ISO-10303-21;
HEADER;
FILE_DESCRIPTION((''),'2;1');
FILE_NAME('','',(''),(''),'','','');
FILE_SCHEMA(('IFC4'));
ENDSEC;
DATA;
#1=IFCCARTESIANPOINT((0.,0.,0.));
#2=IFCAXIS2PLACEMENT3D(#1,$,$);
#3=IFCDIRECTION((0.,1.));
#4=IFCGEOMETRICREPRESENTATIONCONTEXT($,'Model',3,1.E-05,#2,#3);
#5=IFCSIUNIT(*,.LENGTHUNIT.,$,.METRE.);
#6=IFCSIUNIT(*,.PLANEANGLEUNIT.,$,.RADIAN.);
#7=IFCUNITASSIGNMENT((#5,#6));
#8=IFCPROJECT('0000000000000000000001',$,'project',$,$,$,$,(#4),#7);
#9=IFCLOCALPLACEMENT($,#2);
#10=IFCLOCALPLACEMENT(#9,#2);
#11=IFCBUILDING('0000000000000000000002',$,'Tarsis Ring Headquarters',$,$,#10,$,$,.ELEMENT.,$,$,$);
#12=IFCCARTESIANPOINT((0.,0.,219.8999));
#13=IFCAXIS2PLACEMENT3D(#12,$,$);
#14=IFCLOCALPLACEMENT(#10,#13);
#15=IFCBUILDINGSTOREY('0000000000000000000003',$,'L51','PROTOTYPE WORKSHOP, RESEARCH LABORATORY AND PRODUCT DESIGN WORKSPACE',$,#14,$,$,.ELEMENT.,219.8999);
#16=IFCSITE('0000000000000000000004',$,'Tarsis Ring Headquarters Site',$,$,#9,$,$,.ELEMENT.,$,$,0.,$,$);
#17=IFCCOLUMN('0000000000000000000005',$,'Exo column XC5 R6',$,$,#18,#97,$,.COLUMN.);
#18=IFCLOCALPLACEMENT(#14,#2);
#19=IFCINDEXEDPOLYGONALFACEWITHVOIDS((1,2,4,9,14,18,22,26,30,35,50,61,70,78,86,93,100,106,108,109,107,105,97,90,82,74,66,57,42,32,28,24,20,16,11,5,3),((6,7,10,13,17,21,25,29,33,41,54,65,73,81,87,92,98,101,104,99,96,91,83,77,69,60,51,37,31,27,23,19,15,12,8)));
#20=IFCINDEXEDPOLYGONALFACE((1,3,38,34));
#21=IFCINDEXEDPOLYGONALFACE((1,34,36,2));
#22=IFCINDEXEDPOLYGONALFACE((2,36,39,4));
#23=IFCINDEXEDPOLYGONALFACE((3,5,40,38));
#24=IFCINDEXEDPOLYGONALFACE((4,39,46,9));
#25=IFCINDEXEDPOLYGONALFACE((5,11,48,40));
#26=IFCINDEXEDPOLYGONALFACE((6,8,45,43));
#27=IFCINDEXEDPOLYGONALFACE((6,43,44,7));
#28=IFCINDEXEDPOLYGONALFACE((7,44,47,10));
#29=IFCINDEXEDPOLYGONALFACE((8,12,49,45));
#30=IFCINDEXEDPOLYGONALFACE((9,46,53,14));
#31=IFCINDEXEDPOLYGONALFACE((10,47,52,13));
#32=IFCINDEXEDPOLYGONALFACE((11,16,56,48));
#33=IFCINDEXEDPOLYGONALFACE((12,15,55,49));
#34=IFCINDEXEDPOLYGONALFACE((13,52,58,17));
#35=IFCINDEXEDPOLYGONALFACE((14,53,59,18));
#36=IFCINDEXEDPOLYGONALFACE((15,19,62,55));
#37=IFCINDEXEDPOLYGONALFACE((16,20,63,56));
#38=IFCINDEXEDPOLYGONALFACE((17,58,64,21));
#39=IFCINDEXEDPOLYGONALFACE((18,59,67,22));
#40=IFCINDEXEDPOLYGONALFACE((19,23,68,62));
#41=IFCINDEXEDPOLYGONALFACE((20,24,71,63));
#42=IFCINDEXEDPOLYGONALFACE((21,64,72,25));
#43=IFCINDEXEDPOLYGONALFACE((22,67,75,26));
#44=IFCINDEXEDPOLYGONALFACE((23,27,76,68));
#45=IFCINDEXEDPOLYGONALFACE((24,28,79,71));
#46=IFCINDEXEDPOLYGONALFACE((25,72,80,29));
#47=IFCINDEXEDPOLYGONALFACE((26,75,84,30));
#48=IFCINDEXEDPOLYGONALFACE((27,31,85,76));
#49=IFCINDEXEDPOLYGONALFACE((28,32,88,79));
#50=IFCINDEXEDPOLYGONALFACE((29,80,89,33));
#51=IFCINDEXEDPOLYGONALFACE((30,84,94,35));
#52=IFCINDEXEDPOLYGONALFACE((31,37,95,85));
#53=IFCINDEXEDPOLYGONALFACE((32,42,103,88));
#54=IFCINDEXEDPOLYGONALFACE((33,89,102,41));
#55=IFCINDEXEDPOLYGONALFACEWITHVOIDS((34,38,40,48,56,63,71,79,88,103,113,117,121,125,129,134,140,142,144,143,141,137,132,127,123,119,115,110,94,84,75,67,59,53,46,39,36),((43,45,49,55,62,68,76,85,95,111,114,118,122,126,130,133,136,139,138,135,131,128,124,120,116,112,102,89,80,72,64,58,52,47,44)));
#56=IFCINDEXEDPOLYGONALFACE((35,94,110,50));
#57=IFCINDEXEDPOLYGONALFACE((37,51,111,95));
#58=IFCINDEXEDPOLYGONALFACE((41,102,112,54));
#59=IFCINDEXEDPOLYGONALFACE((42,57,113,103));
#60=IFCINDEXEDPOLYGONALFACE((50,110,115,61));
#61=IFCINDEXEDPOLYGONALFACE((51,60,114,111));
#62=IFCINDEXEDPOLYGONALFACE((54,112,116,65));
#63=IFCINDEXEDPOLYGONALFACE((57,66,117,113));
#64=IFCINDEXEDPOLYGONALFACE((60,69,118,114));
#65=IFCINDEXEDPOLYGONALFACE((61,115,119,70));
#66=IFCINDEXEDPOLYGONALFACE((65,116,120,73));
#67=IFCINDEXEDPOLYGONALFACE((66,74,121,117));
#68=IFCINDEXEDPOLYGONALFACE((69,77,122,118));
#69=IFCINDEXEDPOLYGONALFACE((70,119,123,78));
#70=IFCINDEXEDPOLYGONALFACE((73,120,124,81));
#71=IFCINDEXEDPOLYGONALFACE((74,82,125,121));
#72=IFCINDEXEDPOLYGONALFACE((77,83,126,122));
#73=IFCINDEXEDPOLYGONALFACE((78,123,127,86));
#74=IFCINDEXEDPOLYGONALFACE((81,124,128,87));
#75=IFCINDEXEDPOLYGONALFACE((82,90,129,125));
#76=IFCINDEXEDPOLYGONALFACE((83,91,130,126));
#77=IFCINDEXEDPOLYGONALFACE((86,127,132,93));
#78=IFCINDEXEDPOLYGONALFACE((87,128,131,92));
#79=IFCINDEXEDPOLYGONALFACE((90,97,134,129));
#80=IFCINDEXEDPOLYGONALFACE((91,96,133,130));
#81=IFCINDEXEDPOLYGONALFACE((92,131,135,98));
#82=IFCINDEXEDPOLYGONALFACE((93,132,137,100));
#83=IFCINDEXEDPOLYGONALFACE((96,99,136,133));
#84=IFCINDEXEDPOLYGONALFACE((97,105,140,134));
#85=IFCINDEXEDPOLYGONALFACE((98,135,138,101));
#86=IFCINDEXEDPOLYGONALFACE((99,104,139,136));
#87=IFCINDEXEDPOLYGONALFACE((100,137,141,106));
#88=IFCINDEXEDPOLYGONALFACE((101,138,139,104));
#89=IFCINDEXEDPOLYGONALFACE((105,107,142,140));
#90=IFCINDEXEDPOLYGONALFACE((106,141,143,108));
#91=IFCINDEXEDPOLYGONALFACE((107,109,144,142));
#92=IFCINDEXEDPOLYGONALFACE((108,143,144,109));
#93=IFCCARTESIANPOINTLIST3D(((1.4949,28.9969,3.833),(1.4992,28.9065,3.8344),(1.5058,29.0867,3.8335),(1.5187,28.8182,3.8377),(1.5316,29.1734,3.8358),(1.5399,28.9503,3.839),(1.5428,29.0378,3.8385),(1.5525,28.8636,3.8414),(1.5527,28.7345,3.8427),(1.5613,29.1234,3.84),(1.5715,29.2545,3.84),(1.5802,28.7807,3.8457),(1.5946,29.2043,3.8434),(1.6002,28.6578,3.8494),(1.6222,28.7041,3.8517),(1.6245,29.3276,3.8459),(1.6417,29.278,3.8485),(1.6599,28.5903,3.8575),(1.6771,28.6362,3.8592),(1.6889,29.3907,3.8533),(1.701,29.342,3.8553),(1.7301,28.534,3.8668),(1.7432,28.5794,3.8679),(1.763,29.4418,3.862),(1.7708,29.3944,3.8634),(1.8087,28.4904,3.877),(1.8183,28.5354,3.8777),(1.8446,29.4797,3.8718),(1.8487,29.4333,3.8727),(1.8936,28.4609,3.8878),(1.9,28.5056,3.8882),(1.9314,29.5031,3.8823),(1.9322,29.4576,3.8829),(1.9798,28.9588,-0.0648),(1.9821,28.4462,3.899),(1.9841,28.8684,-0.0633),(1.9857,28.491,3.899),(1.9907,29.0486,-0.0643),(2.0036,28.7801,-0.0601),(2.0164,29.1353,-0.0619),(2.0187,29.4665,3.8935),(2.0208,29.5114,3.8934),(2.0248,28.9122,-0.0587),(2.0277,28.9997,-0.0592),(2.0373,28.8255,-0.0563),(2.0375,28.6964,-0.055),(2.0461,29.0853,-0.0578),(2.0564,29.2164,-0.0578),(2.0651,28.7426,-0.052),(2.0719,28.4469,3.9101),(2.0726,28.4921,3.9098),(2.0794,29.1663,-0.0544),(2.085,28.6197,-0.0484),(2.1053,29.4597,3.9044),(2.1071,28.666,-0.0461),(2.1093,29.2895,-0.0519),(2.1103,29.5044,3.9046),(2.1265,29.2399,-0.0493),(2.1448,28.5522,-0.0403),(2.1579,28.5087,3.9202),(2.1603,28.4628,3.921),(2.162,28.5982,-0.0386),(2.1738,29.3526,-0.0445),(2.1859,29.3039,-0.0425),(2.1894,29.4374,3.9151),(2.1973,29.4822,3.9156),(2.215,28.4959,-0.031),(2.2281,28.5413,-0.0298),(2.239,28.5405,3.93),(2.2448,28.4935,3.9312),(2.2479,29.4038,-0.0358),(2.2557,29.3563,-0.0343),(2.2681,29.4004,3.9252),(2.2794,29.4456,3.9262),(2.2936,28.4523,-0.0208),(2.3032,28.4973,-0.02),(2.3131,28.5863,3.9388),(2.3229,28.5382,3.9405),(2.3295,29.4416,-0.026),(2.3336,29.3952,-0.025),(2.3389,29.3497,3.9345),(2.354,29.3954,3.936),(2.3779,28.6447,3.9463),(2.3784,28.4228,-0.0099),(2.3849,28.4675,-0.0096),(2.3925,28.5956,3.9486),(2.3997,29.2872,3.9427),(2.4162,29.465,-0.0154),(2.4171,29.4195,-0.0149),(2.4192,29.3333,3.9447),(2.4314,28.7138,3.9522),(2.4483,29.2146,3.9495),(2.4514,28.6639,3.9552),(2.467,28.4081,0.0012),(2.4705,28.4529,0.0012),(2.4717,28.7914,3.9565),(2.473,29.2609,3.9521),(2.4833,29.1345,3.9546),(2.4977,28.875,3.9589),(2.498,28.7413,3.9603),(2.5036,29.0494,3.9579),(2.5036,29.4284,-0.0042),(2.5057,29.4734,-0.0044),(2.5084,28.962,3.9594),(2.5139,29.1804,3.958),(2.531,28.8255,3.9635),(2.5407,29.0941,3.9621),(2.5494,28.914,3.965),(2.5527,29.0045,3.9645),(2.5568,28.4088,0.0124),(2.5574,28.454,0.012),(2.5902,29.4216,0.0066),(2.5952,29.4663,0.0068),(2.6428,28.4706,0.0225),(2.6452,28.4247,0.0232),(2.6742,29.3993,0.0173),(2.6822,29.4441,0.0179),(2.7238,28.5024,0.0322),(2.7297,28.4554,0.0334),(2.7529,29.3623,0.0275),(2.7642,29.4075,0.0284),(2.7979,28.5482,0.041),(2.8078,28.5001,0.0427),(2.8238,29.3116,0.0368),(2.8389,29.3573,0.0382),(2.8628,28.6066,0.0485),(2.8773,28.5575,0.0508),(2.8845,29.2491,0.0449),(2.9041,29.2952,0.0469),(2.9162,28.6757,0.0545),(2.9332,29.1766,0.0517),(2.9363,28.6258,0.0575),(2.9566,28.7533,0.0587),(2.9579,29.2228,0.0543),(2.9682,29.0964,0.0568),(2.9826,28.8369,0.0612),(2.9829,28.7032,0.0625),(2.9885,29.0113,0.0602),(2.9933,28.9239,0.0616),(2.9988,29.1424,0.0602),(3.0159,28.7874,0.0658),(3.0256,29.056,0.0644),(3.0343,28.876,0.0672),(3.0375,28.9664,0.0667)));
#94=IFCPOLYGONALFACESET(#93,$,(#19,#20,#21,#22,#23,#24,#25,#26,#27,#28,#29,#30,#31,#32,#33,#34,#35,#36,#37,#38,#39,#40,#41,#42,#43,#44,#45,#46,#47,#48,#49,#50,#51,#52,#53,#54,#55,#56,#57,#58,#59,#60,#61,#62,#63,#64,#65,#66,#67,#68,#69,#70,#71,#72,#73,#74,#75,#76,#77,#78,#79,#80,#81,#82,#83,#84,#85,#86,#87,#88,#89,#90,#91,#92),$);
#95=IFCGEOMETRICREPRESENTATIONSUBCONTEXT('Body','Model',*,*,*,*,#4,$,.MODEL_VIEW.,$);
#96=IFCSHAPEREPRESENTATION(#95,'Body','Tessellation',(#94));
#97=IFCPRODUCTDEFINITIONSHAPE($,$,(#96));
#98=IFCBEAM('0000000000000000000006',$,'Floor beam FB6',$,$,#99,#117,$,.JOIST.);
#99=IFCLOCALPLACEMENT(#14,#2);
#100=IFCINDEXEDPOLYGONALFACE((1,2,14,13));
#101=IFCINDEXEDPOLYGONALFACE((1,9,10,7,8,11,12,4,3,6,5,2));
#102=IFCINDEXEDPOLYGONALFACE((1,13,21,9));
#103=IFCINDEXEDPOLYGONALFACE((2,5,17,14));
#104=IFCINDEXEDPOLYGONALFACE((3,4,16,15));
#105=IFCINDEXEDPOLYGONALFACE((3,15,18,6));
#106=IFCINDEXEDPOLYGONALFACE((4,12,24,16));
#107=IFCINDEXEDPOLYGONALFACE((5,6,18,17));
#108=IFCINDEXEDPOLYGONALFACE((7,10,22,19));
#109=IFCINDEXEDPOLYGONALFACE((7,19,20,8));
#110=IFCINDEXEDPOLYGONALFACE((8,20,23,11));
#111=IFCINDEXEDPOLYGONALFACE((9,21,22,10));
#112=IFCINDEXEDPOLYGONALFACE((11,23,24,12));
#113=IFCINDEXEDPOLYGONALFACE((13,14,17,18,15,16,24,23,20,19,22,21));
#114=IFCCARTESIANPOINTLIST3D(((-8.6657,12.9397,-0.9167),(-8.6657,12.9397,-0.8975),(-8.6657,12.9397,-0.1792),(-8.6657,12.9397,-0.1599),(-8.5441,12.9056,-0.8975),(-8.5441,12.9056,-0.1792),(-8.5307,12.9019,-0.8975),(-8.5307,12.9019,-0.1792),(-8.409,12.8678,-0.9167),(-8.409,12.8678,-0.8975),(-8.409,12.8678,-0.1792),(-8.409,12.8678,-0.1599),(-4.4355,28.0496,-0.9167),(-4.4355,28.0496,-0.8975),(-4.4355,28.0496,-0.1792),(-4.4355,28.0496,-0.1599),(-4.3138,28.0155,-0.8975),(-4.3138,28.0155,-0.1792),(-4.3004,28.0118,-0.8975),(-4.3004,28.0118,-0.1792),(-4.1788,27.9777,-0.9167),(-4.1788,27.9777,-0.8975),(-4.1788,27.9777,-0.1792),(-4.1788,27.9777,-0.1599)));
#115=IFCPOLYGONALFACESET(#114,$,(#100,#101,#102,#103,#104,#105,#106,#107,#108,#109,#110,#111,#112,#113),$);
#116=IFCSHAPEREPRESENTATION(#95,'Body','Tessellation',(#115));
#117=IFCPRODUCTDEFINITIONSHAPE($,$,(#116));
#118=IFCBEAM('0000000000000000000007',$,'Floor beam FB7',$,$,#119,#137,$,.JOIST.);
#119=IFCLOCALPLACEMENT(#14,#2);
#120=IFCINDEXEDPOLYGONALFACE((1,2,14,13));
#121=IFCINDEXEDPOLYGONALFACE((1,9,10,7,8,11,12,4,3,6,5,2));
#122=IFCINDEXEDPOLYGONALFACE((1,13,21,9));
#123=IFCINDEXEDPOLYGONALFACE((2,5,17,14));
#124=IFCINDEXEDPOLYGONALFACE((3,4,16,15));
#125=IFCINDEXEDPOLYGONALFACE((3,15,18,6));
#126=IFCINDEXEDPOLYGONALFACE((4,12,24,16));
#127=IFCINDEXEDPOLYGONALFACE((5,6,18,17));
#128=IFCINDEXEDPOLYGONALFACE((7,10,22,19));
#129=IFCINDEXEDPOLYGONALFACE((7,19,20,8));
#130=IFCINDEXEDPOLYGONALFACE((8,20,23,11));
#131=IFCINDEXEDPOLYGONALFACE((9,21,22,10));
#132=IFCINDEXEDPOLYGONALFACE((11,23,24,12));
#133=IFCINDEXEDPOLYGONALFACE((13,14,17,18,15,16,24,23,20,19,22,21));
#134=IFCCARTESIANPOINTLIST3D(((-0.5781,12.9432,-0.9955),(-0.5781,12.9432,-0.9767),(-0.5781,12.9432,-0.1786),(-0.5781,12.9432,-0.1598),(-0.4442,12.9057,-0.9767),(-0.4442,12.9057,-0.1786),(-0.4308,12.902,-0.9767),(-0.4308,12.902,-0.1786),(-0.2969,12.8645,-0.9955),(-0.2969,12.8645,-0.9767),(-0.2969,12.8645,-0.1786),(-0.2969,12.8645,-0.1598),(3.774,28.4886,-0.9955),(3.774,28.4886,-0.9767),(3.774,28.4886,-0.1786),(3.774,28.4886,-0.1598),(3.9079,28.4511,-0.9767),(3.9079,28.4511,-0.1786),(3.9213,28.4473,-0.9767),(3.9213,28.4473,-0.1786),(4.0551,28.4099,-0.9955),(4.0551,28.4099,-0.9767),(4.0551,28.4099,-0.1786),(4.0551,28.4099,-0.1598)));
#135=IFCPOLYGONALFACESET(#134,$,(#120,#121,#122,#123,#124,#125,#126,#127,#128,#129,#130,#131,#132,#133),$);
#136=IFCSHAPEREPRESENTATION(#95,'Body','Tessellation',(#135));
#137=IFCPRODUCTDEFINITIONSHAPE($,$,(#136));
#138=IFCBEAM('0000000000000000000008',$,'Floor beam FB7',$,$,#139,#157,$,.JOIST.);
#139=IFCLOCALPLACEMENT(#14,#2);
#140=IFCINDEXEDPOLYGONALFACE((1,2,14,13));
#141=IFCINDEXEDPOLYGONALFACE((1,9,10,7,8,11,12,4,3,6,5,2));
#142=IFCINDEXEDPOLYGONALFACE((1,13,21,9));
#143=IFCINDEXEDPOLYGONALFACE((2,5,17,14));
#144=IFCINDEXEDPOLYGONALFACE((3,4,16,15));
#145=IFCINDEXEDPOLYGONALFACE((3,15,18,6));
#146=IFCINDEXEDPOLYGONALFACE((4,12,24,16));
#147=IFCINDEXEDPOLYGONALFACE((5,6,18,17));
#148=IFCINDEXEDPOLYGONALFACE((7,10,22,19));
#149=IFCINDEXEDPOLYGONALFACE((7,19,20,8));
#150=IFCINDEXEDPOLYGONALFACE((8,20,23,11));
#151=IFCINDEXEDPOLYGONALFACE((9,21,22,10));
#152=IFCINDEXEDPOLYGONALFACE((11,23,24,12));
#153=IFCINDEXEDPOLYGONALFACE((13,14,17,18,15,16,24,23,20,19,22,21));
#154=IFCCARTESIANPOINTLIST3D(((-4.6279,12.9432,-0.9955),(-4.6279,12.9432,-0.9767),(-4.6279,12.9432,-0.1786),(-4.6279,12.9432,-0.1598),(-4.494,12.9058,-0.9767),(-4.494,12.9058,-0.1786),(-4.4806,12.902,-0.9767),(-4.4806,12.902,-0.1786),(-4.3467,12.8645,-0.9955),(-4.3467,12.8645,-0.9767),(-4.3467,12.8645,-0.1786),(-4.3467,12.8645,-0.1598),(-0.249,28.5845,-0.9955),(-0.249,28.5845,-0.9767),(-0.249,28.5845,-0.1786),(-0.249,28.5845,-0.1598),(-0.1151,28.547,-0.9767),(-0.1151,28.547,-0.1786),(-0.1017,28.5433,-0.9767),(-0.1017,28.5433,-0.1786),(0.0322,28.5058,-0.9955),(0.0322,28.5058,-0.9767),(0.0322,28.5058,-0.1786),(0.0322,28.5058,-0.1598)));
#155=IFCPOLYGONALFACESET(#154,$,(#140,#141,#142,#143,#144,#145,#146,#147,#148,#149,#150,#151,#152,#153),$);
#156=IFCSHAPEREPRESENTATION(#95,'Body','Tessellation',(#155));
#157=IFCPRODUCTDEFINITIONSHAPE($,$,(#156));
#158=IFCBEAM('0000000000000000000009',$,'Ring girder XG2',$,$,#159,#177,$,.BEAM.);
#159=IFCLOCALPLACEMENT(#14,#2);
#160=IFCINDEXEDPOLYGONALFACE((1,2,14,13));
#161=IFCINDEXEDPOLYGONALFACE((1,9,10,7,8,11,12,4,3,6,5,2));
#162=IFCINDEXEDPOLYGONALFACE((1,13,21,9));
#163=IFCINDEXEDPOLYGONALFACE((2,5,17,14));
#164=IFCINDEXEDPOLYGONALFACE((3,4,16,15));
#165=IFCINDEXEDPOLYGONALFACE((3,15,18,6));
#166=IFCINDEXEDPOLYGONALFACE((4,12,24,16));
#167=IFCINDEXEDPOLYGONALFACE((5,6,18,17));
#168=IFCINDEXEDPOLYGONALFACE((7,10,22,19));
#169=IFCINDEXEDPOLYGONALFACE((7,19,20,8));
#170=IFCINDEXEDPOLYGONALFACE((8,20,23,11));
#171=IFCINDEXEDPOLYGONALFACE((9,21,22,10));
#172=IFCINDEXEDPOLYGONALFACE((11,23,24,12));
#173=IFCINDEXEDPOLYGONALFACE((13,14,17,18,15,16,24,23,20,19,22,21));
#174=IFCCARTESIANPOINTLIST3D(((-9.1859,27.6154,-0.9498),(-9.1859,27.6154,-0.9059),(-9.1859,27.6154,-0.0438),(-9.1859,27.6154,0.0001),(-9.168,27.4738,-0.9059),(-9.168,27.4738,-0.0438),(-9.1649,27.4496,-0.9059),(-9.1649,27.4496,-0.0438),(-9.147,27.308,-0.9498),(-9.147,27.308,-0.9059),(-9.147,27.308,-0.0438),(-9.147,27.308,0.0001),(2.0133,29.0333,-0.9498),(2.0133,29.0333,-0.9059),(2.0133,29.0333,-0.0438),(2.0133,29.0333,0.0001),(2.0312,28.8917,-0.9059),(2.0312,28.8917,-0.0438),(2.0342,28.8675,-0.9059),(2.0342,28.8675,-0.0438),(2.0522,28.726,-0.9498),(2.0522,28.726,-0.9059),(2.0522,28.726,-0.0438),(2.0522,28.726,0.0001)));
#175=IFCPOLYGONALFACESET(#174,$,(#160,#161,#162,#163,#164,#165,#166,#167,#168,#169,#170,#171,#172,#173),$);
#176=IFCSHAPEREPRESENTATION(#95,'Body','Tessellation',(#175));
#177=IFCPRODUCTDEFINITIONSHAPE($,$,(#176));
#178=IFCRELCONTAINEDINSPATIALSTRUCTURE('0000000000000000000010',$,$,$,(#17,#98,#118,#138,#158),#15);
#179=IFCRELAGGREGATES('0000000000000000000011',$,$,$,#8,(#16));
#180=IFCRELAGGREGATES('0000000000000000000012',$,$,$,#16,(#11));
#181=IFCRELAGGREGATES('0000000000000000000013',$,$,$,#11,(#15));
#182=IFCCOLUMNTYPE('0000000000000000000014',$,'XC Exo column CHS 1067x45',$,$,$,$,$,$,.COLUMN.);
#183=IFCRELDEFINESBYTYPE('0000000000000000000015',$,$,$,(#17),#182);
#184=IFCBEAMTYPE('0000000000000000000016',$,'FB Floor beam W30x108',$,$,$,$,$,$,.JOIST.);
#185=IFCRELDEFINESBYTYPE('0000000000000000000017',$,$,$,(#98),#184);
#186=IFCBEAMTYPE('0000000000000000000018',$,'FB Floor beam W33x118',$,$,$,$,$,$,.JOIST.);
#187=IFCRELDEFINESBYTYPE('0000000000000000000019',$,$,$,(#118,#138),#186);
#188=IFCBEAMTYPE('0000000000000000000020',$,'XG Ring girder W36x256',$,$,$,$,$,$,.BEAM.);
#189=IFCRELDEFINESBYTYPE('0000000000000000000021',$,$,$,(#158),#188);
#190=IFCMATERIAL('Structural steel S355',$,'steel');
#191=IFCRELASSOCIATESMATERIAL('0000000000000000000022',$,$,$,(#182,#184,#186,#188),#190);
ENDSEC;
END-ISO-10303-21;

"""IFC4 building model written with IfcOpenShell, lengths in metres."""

from ifc_helpers import new_model, si_unit, direction, frame, origin, origin_2d, place, context, subcontext, project, spatial, hollow_circle, i_section, extrude, material, material_profile, profile_set, type_object, element, save


model = new_model("IFC4")

# Units and contexts
model_context = context("Model", 3, precision=1e-05, world=origin(), true_north=direction((0.0, 1.0)))
body_context = subcontext(model_context, "Body", "Model", "MODEL_VIEW")
ifc_project = project(units=[si_unit("LENGTHUNIT", "METRE"), si_unit("PLANEANGLEUNIT", "RADIAN")], contexts=[model_context])

# Site, building, storey
site_placement = place(None, origin())
site = spatial("IfcSite", under=ifc_project, at=site_placement, Name="Tarsis Ring Headquarters Site", CompositionType="ELEMENT", RefElevation=0.0)
building_placement = place(site_placement, origin())
building = spatial("IfcBuilding", under=site, at=building_placement, Name="Tarsis Ring Headquarters", CompositionType="ELEMENT")
storey_placement = place(building_placement, frame((0.0, 0.0, 219.8999)))
storey = spatial("IfcBuildingStorey", under=building, at=storey_placement, Name="L51", Description="PROTOTYPE WORKSHOP, RESEARCH LABORATORY AND PRODUCT DESIGN WORKSPACE", CompositionType="ELEMENT", Elevation=219.8999)

# Column
ifc_material_1 = material(Name="Structural steel S355", Category="steel")
ifc_material_profile_1 = material_profile(ifc_material_1, hollow_circle(Radius=0.5334, WallThickness=0.0449, at=origin_2d()), Name="CHS 1067x45")
ifc_profile_set_1 = profile_set([ifc_material_profile_1], Name="Structural steel S355")
column_type = type_object("IfcColumnType", Name="XC Exo column CHS 1067x45", PredefinedType="COLUMN", material=ifc_profile_set_1)
column_placement = place(storey_placement, frame((2.5088, 28.9399, 0.0012), z_axis=(-0.12344, 0.009696, 0.992305), x_axis=(-0.078309, -0.996929, 0.0)))
element("IfcColumn", 1, at=column_placement, inside=storey, type_object=column_type, Name="Exo column XC5 R6", PredefinedType="COLUMN", context=body_context, shape_type="SweptSolid", body=[
    extrude(hollow_circle(Radius=0.5334, WallThickness=0.0449, at=origin_2d()), origin(), (0.0, 0.0, 1.0), 3.928),
])

# Beams
ifc_material_profile_2 = material_profile(ifc_material_1, i_section(OverallWidth=0.2666, OverallDepth=0.7568, WebThickness=0.0139, FlangeThickness=0.0193, at=origin_2d()), Name="W30x108")
ifc_profile_set_2 = profile_set([ifc_material_profile_2], Name="Structural steel S355")
beam_type_1 = type_object("IfcBeamType", Name="FB Floor beam W30x108", PredefinedType="JOIST", material=ifc_profile_set_2)
beam_1_placement = place(storey_placement, frame((-4.3071, 28.0137, -0.5383), z_axis=(-0.269598, -0.962973, 0.0), x_axis=(0.962973, -0.269598, 0.0)))
element("IfcBeam", 2, at=beam_1_placement, inside=storey, type_object=beam_type_1, Name="Floor beam FB6", PredefinedType="JOIST", context=body_context, shape_type="SweptSolid", body=[
    extrude(i_section(OverallWidth=0.2666, OverallDepth=0.7568, WebThickness=0.0139, FlangeThickness=0.0193, at=origin_2d()), origin(), (0.0, 0.0, 1.0), 15.6909),
])
ifc_material_profile_3 = material_profile(ifc_material_1, i_section(OverallWidth=0.292, OverallDepth=0.8357, WebThickness=0.0139, FlangeThickness=0.0188, at=origin_2d()), Name="W33x118")
ifc_profile_set_3 = profile_set([ifc_material_profile_3], Name="Structural steel S355")
beam_type_2 = type_object("IfcBeamType", Name="FB Floor beam W33x118", PredefinedType="JOIST", material=ifc_profile_set_3)
beam_2_placement = place(storey_placement, frame((3.9146, 28.4492, -0.5776), z_axis=(-0.269592, -0.962975, 0.0), x_axis=(0.962975, -0.269592, 0.0)))
element("IfcBeam", 3, at=beam_2_placement, inside=storey, type_object=beam_type_2, Name="Floor beam FB7", PredefinedType="JOIST", context=body_context, shape_type="SweptSolid", body=[
    extrude(i_section(OverallWidth=0.292, OverallDepth=0.8357, WebThickness=0.0139, FlangeThickness=0.0188, at=origin_2d()), origin(), (0.0, 0.0, 1.0), 16.1431),
])
beam_3_placement = place(storey_placement, frame((-0.1084, 28.5452, -0.5776), z_axis=(-0.269591, -0.962975, 0.0), x_axis=(0.962975, -0.269591, 0.0)))
element("IfcBeam", 4, at=beam_3_placement, inside=storey, type_object=beam_type_2, Name="Floor beam FB7", PredefinedType="JOIST", context=body_context, shape_type="SweptSolid", body=[
    extrude(i_section(OverallWidth=0.292, OverallDepth=0.8357, WebThickness=0.0139, FlangeThickness=0.0188, at=origin_2d()), origin(), (0.0, 0.0, 1.0), 16.2427),
])
ifc_material_profile_4 = material_profile(ifc_material_1, i_section(OverallWidth=0.3098, OverallDepth=0.95, WebThickness=0.0244, FlangeThickness=0.0439, at=origin_2d()), Name="W36x256")
ifc_profile_set_4 = profile_set([ifc_material_profile_4], Name="Structural steel S355")
beam_type_3 = type_object("IfcBeamType", Name="XG Ring girder W36x256", PredefinedType="BEAM", material=ifc_profile_set_4)
beam_4_placement = place(storey_placement, frame((2.0327, 28.8796, -0.4749), z_axis=(-0.99208, -0.12561, 0.0), x_axis=(0.12561, -0.99208, 0.0)))
element("IfcBeam", 5, at=beam_4_placement, inside=storey, type_object=beam_type_3, Name="Ring girder XG2", PredefinedType="BEAM", context=body_context, shape_type="SweptSolid", body=[
    extrude(i_section(OverallWidth=0.3098, OverallDepth=0.95, WebThickness=0.0244, FlangeThickness=0.0439, at=origin_2d()), origin(), (0.0, 0.0, 1.0), 11.2886),
])

save(model, "model.ifc")
